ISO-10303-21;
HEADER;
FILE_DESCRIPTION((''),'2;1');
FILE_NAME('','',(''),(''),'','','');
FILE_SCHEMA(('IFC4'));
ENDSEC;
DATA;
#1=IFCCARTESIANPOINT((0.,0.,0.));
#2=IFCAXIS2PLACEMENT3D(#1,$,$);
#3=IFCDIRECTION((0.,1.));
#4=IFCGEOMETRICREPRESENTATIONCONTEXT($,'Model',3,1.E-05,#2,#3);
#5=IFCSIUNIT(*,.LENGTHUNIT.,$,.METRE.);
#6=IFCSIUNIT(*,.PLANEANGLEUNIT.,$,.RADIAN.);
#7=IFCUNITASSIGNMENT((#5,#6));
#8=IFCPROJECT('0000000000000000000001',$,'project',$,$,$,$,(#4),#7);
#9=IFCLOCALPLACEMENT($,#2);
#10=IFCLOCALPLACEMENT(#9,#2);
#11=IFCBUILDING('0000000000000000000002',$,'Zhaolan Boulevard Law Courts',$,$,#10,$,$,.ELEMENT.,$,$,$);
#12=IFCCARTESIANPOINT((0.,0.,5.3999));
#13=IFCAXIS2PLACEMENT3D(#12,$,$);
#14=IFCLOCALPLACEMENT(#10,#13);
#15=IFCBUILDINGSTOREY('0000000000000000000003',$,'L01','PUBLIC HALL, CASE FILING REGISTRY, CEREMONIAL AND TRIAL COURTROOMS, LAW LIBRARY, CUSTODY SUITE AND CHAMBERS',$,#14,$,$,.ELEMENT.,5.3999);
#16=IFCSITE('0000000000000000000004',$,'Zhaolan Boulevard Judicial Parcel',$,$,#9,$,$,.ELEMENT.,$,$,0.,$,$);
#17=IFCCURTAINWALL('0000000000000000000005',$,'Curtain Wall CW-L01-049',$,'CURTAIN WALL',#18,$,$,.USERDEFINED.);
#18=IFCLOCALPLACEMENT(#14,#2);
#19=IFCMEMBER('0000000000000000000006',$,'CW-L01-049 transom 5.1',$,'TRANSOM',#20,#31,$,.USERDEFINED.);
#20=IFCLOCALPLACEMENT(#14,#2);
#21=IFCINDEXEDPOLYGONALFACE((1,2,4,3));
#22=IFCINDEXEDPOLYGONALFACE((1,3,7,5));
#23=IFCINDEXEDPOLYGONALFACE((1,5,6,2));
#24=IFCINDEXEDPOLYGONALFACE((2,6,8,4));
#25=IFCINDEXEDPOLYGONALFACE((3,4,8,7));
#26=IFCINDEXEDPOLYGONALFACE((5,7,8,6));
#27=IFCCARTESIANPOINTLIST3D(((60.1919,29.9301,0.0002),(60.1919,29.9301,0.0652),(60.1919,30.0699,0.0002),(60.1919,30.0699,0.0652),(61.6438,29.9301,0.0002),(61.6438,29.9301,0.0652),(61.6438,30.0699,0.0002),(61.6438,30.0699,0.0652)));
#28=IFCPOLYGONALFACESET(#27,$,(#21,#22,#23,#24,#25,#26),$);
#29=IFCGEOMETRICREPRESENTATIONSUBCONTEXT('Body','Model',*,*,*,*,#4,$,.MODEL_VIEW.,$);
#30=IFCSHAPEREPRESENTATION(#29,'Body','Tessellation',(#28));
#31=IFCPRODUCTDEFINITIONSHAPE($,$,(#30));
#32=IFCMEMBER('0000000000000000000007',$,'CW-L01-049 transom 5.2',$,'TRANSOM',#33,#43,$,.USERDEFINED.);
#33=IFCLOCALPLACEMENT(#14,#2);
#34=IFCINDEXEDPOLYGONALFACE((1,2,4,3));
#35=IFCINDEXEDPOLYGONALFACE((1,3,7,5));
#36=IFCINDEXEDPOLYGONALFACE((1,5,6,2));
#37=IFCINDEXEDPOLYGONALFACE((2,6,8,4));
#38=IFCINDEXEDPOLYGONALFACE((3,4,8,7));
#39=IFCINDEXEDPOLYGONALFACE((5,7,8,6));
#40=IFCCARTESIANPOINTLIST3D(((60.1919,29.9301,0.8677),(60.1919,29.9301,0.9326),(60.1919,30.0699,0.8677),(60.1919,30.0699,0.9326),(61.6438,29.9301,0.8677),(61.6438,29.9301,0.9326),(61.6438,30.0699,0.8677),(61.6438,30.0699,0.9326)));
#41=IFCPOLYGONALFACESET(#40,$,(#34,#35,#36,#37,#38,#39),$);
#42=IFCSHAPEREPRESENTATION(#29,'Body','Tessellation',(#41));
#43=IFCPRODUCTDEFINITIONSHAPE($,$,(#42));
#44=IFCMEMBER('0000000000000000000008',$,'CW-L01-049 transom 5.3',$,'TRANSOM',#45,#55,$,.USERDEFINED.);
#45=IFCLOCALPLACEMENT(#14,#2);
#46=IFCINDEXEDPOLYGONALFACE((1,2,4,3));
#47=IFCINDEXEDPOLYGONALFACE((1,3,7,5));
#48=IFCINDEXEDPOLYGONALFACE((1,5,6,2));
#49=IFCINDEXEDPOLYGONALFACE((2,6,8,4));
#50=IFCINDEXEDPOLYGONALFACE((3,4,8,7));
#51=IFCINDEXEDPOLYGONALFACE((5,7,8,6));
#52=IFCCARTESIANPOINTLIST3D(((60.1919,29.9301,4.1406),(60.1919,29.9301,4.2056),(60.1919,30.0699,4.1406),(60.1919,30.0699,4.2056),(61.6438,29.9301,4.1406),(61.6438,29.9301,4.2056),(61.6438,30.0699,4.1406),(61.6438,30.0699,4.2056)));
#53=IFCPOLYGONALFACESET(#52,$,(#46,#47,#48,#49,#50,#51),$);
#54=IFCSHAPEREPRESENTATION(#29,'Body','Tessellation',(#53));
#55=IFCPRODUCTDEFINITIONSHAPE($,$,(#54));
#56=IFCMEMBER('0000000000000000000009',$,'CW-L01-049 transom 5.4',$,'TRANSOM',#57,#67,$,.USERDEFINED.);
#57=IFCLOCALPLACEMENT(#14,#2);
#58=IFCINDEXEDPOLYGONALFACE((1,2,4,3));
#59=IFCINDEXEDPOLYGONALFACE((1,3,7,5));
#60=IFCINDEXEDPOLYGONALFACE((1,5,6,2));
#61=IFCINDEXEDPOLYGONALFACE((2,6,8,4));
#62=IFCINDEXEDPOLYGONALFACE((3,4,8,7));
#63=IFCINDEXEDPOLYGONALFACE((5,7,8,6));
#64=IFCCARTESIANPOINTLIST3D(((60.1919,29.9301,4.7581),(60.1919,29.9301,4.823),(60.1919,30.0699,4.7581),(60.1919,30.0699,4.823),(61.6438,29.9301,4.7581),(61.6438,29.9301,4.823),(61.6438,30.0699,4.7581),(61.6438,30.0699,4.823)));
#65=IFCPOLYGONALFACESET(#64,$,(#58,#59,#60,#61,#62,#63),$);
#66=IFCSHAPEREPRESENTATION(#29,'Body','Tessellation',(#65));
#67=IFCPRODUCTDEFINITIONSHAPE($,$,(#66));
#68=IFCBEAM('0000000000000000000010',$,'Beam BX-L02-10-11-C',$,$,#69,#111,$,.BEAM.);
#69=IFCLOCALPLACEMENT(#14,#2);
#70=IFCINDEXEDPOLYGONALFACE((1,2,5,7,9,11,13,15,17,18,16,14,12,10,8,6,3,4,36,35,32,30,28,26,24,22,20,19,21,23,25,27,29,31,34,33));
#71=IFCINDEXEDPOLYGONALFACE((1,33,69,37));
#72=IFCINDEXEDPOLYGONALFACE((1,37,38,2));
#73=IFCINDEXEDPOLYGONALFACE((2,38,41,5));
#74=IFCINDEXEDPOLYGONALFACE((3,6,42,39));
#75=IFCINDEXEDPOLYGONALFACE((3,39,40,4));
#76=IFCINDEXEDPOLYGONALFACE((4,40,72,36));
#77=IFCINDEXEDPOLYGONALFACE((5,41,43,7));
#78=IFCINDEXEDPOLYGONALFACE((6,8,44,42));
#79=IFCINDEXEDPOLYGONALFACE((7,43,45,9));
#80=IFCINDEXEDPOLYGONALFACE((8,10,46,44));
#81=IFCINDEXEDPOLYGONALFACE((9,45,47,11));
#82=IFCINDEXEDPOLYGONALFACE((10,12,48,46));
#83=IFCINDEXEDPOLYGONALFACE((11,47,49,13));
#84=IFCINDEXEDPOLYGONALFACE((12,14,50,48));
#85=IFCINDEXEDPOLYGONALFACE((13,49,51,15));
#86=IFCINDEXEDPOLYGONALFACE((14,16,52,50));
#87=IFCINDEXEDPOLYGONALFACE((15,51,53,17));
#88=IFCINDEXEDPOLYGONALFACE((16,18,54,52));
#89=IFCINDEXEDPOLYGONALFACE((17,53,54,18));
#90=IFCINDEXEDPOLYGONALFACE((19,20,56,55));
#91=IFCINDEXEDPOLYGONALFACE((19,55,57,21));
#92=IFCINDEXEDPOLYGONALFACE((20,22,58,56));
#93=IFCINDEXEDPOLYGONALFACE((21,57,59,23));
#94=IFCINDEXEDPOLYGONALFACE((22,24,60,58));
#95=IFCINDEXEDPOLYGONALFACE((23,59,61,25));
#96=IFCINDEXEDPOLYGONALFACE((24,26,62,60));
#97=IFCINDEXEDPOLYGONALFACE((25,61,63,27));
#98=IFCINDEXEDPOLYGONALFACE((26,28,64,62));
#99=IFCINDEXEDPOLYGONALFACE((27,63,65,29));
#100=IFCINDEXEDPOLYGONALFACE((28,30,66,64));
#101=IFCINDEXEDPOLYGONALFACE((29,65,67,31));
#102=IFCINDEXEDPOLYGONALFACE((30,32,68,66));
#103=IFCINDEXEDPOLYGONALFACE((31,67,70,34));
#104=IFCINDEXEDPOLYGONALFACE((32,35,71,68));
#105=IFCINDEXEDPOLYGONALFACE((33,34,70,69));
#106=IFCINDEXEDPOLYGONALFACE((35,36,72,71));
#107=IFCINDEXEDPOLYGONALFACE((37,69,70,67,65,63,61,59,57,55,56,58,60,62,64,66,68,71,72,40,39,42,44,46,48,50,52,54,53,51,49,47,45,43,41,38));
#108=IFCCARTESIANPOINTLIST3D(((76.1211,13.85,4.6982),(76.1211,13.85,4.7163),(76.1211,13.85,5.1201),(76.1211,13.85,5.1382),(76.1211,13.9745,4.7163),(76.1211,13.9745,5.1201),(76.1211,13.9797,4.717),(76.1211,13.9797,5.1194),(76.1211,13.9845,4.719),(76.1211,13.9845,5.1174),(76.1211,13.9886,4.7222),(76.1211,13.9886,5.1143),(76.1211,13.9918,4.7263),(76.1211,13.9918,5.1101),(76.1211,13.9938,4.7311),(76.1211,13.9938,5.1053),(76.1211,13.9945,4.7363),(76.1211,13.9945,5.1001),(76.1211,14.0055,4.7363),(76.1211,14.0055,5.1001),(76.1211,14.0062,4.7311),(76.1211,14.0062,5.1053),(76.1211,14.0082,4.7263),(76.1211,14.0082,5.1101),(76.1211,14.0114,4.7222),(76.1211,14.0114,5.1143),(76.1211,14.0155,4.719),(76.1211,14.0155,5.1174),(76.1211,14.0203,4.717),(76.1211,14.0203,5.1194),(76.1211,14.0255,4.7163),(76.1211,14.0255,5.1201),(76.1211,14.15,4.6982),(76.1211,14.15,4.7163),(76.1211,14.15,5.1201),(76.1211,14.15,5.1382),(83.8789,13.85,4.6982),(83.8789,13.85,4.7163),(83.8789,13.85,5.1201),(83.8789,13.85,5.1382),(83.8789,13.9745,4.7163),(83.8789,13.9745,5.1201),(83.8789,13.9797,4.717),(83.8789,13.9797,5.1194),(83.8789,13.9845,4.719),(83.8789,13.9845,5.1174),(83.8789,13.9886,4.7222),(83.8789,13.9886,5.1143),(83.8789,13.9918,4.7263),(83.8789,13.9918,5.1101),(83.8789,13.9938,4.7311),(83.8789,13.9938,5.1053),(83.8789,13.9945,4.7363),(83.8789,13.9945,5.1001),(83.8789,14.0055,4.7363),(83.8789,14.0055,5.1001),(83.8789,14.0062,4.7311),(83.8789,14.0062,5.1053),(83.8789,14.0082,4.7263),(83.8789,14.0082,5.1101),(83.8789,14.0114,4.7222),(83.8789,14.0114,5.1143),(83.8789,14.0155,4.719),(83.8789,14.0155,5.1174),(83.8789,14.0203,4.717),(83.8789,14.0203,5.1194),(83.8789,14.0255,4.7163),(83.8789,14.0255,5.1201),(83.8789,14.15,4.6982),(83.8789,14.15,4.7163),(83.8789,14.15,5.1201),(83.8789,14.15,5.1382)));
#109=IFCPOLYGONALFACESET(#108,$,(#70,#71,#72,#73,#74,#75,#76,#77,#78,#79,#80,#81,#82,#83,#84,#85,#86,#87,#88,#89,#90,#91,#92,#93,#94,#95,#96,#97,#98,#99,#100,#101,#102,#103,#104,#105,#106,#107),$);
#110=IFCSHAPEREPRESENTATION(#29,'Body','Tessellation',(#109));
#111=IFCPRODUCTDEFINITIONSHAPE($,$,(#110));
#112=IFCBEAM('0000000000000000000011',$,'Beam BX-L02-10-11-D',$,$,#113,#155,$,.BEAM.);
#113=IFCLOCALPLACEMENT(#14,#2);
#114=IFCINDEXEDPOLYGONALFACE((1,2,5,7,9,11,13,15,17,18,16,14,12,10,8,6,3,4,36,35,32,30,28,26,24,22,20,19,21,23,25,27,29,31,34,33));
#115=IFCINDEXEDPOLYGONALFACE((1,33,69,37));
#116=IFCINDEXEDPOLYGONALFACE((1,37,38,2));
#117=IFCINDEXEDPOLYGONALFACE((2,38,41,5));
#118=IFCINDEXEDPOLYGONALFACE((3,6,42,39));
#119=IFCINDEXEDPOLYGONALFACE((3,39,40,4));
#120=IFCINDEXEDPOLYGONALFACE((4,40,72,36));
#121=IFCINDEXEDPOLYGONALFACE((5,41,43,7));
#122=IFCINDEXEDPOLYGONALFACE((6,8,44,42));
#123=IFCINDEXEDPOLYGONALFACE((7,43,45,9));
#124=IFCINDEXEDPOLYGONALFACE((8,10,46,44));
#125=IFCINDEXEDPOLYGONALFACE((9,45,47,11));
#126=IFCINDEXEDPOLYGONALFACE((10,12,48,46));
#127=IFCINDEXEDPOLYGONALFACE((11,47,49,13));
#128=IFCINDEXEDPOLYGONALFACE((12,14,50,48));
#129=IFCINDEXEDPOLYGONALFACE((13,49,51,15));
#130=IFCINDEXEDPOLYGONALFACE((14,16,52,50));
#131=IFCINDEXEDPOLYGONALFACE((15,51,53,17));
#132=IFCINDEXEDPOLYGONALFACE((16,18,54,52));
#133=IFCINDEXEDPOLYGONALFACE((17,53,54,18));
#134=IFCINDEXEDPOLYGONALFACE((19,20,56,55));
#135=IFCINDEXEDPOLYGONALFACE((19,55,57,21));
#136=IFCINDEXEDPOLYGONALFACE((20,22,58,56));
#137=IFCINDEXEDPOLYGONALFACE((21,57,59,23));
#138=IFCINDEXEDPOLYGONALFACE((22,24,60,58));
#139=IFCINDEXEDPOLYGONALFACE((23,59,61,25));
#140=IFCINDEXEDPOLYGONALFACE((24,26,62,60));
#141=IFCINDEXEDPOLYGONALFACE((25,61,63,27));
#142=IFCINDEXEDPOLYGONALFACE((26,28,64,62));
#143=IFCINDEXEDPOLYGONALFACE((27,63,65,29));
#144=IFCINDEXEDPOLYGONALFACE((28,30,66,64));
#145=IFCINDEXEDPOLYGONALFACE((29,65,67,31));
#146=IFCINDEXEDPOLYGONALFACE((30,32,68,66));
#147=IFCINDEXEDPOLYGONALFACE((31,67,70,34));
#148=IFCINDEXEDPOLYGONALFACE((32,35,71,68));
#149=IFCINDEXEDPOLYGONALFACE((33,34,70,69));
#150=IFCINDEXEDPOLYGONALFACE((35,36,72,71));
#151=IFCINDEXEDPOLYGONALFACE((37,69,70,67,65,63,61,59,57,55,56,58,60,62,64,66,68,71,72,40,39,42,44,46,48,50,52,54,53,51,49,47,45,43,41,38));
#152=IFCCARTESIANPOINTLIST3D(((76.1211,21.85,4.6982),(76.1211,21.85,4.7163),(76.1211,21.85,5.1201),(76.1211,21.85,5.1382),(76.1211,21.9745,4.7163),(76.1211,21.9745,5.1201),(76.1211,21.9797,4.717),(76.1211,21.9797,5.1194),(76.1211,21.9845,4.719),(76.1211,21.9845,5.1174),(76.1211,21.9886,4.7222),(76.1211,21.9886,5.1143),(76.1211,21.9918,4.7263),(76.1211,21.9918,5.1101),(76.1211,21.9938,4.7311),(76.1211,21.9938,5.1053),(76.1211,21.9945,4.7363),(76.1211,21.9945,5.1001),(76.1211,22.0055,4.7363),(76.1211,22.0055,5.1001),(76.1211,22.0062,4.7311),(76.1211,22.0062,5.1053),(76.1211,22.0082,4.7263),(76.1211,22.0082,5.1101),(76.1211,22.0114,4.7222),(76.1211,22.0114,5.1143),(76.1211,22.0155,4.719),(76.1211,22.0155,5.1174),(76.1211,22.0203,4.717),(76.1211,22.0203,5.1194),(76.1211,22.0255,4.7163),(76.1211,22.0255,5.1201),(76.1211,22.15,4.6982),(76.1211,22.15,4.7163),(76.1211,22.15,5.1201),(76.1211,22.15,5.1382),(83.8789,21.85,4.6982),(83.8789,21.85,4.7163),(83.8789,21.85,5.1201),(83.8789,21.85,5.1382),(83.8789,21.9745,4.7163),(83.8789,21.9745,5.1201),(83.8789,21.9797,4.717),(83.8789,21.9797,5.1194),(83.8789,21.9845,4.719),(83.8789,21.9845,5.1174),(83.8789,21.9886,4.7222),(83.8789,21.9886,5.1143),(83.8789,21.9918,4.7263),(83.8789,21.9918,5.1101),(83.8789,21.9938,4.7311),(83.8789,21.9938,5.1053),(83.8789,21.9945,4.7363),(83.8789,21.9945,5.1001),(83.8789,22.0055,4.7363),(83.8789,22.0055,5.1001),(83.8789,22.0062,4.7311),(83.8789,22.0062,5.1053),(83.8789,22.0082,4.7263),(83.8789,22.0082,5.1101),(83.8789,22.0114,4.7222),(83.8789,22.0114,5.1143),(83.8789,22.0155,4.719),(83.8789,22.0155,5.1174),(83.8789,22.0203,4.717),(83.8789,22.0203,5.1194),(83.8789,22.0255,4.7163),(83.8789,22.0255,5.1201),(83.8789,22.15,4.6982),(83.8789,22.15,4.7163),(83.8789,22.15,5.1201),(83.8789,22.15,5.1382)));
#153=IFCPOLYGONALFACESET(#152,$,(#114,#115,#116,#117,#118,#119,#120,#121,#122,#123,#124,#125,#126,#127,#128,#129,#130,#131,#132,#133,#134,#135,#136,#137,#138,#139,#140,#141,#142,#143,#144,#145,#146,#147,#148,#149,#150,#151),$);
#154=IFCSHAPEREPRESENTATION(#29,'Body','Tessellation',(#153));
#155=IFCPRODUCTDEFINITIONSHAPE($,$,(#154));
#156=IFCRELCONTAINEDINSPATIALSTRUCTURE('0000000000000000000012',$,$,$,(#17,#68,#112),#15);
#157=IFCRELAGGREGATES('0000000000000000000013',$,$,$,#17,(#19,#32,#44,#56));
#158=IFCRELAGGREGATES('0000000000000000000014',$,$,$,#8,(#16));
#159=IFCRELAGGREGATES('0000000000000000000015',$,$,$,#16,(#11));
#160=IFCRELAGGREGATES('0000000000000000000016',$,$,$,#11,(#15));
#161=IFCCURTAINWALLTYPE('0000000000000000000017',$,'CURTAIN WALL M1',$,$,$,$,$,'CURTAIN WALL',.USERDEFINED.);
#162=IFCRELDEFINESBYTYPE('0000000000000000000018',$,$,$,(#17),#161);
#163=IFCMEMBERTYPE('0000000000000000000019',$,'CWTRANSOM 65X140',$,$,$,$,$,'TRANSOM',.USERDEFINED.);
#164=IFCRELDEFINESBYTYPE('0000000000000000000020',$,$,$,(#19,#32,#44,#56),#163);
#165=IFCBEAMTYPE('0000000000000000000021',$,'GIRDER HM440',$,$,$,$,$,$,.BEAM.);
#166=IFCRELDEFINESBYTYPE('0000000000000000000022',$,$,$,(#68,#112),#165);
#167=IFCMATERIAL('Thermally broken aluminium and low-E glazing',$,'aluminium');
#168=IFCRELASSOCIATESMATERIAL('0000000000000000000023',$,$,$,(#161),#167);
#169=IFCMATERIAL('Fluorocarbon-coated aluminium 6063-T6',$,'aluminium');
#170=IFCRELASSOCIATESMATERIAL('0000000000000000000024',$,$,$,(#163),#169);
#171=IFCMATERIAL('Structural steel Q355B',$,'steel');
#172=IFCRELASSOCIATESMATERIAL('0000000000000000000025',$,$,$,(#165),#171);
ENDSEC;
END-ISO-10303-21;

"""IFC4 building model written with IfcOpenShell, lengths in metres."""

from ifc_helpers import new_model, si_unit, direction, frame, origin, origin_2d, place, context, subcontext, project, spatial, rectangle, i_section, extrude, material, material_profile, profile_set, type_object, element, aggregate, save


model = new_model("IFC4")

# Units and contexts
model_context = context("Model", 3, precision=1e-05, world=origin(), true_north=direction((0.0, 1.0)))
body_context = subcontext(model_context, "Body", "Model", "MODEL_VIEW")
ifc_project = project(units=[si_unit("LENGTHUNIT", "METRE"), si_unit("PLANEANGLEUNIT", "RADIAN")], contexts=[model_context])

# Site, building, storey
site_placement = place(None, origin())
site = spatial("IfcSite", under=ifc_project, at=site_placement, Name="Zhaolan Boulevard Judicial Parcel", CompositionType="ELEMENT", RefElevation=0.0)
building_placement = place(site_placement, origin())
building = spatial("IfcBuilding", under=site, at=building_placement, Name="Zhaolan Boulevard Law Courts", CompositionType="ELEMENT")
storey_placement = place(building_placement, frame((0.0, 0.0, 5.3999)))
storey = spatial("IfcBuildingStorey", under=building, at=storey_placement, Name="L01", Description="PUBLIC HALL, CASE FILING REGISTRY, CEREMONIAL AND TRIAL COURTROOMS, LAW LIBRARY, CUSTODY SUITE AND CHAMBERS", CompositionType="ELEMENT", Elevation=5.3999)

# Curtain wall
ifc_material_1 = material(Name="Thermally broken aluminium and low-E glazing", Category="aluminium")
curtain_wall_type_1 = type_object("IfcCurtainWallType", Name="CURTAIN WALL M1", ElementType="CURTAIN WALL", PredefinedType="USERDEFINED", material=ifc_material_1)
curtain_wall_1_placement = place(storey_placement, origin())
curtain_wall_1 = element("IfcCurtainWall", 1, at=curtain_wall_1_placement, inside=storey, type_object=curtain_wall_type_1, Name="Curtain Wall CW-L01-049", ObjectType="CURTAIN WALL", PredefinedType="USERDEFINED")

# Shared definitions
ifc_material_2 = material(Name="Fluorocarbon-coated aluminium 6063-T6", Category="aluminium")
ifc_material_profile_1 = material_profile(ifc_material_2, rectangle(XDim=0.1399, YDim=0.0649, at=origin_2d()), Name="AL65x140")
ifc_profile_set_1 = profile_set([ifc_material_profile_1], Name="Fluorocarbon-coated aluminium 6063-T6")
member_type_1 = type_object("IfcMemberType", Name="CWTRANSOM 65X140", ElementType="TRANSOM", PredefinedType="USERDEFINED", material=ifc_profile_set_1)

# Members
member_1_placement = place(storey_placement, frame((61.6438, 30.0, 0.0327), z_axis=(-1.0, 0.0, 0.0), x_axis=(0.0, -1.0, 0.0)))
member_1 = element("IfcMember", 2, at=member_1_placement, type_object=member_type_1, Name="CW-L01-049 transom 5.1", ObjectType="TRANSOM", PredefinedType="USERDEFINED", context=body_context, shape_type="SweptSolid", body=[
    extrude(rectangle(XDim=0.1399, YDim=0.0649, at=origin_2d()), origin(), (0.0, 0.0, 1.0), 1.4519),
])
member_2_placement = place(storey_placement, frame((61.6438, 30.0, 0.9001), z_axis=(-1.0, 0.0, 0.0), x_axis=(0.0, -1.0, 0.0)))
member_2 = element("IfcMember", 3, at=member_2_placement, type_object=member_type_1, Name="CW-L01-049 transom 5.2", ObjectType="TRANSOM", PredefinedType="USERDEFINED", context=body_context, shape_type="SweptSolid", body=[
    extrude(rectangle(XDim=0.1399, YDim=0.0649, at=origin_2d()), origin(), (0.0, 0.0, 1.0), 1.4519),
])
member_3_placement = place(storey_placement, frame((61.6438, 30.0, 4.1731), z_axis=(-1.0, 0.0, 0.0), x_axis=(0.0, -1.0, 0.0)))
member_3 = element("IfcMember", 4, at=member_3_placement, type_object=member_type_1, Name="CW-L01-049 transom 5.3", ObjectType="TRANSOM", PredefinedType="USERDEFINED", context=body_context, shape_type="SweptSolid", body=[
    extrude(rectangle(XDim=0.1399, YDim=0.0649, at=origin_2d()), origin(), (0.0, 0.0, 1.0), 1.4519),
])
member_4_placement = place(storey_placement, frame((61.6438, 30.0, 4.7905), z_axis=(-1.0, 0.0, 0.0), x_axis=(0.0, -1.0, 0.0)))
member_4 = element("IfcMember", 5, at=member_4_placement, type_object=member_type_1, Name="CW-L01-049 transom 5.4", ObjectType="TRANSOM", PredefinedType="USERDEFINED", context=body_context, shape_type="SweptSolid", body=[
    extrude(rectangle(XDim=0.1399, YDim=0.0649, at=origin_2d()), origin(), (0.0, 0.0, 1.0), 1.4519),
])

# Beams
ifc_material_3 = material(Name="Structural steel Q355B", Category="steel")
ifc_material_profile_2 = material_profile(ifc_material_3, i_section(OverallWidth=0.3, OverallDepth=0.4399, WebThickness=0.011, FlangeThickness=0.0181, FilletRadius=0.02, at=origin_2d()), Name="HM440x300")
ifc_profile_set_2 = profile_set([ifc_material_profile_2], Name="Structural steel Q355B")
beam_type_1 = type_object("IfcBeamType", Name="GIRDER HM440", PredefinedType="BEAM", material=ifc_profile_set_2)
for number, where, z_axis, x_axis, name in (
    (6, (76.1211, 14.0, 4.9182), (1.0, 0.0, 0.0), (0.0, 1.0, 0.0), "Beam BX-L02-10-11-C"),
    (7, (76.1211, 22.0, 4.9182), (1.0, 0.0, 0.0), (0.0, 1.0, 0.0), "Beam BX-L02-10-11-D"),
):
    element("IfcBeam", number, at=place(storey_placement, frame(where, z_axis=z_axis, x_axis=x_axis)), inside=storey, type_object=beam_type_1, Name=name, PredefinedType="BEAM", context=body_context, shape_type="SweptSolid", body=[
        extrude(i_section(OverallWidth=0.3, OverallDepth=0.4399, WebThickness=0.011, FlangeThickness=0.0181, FilletRadius=0.02, at=origin_2d()), origin(), (0.0, 0.0, 1.0), 7.7578),
    ])

aggregate(curtain_wall_1, [member_1, member_2, member_3, member_4])

save(model, "model.ifc")
